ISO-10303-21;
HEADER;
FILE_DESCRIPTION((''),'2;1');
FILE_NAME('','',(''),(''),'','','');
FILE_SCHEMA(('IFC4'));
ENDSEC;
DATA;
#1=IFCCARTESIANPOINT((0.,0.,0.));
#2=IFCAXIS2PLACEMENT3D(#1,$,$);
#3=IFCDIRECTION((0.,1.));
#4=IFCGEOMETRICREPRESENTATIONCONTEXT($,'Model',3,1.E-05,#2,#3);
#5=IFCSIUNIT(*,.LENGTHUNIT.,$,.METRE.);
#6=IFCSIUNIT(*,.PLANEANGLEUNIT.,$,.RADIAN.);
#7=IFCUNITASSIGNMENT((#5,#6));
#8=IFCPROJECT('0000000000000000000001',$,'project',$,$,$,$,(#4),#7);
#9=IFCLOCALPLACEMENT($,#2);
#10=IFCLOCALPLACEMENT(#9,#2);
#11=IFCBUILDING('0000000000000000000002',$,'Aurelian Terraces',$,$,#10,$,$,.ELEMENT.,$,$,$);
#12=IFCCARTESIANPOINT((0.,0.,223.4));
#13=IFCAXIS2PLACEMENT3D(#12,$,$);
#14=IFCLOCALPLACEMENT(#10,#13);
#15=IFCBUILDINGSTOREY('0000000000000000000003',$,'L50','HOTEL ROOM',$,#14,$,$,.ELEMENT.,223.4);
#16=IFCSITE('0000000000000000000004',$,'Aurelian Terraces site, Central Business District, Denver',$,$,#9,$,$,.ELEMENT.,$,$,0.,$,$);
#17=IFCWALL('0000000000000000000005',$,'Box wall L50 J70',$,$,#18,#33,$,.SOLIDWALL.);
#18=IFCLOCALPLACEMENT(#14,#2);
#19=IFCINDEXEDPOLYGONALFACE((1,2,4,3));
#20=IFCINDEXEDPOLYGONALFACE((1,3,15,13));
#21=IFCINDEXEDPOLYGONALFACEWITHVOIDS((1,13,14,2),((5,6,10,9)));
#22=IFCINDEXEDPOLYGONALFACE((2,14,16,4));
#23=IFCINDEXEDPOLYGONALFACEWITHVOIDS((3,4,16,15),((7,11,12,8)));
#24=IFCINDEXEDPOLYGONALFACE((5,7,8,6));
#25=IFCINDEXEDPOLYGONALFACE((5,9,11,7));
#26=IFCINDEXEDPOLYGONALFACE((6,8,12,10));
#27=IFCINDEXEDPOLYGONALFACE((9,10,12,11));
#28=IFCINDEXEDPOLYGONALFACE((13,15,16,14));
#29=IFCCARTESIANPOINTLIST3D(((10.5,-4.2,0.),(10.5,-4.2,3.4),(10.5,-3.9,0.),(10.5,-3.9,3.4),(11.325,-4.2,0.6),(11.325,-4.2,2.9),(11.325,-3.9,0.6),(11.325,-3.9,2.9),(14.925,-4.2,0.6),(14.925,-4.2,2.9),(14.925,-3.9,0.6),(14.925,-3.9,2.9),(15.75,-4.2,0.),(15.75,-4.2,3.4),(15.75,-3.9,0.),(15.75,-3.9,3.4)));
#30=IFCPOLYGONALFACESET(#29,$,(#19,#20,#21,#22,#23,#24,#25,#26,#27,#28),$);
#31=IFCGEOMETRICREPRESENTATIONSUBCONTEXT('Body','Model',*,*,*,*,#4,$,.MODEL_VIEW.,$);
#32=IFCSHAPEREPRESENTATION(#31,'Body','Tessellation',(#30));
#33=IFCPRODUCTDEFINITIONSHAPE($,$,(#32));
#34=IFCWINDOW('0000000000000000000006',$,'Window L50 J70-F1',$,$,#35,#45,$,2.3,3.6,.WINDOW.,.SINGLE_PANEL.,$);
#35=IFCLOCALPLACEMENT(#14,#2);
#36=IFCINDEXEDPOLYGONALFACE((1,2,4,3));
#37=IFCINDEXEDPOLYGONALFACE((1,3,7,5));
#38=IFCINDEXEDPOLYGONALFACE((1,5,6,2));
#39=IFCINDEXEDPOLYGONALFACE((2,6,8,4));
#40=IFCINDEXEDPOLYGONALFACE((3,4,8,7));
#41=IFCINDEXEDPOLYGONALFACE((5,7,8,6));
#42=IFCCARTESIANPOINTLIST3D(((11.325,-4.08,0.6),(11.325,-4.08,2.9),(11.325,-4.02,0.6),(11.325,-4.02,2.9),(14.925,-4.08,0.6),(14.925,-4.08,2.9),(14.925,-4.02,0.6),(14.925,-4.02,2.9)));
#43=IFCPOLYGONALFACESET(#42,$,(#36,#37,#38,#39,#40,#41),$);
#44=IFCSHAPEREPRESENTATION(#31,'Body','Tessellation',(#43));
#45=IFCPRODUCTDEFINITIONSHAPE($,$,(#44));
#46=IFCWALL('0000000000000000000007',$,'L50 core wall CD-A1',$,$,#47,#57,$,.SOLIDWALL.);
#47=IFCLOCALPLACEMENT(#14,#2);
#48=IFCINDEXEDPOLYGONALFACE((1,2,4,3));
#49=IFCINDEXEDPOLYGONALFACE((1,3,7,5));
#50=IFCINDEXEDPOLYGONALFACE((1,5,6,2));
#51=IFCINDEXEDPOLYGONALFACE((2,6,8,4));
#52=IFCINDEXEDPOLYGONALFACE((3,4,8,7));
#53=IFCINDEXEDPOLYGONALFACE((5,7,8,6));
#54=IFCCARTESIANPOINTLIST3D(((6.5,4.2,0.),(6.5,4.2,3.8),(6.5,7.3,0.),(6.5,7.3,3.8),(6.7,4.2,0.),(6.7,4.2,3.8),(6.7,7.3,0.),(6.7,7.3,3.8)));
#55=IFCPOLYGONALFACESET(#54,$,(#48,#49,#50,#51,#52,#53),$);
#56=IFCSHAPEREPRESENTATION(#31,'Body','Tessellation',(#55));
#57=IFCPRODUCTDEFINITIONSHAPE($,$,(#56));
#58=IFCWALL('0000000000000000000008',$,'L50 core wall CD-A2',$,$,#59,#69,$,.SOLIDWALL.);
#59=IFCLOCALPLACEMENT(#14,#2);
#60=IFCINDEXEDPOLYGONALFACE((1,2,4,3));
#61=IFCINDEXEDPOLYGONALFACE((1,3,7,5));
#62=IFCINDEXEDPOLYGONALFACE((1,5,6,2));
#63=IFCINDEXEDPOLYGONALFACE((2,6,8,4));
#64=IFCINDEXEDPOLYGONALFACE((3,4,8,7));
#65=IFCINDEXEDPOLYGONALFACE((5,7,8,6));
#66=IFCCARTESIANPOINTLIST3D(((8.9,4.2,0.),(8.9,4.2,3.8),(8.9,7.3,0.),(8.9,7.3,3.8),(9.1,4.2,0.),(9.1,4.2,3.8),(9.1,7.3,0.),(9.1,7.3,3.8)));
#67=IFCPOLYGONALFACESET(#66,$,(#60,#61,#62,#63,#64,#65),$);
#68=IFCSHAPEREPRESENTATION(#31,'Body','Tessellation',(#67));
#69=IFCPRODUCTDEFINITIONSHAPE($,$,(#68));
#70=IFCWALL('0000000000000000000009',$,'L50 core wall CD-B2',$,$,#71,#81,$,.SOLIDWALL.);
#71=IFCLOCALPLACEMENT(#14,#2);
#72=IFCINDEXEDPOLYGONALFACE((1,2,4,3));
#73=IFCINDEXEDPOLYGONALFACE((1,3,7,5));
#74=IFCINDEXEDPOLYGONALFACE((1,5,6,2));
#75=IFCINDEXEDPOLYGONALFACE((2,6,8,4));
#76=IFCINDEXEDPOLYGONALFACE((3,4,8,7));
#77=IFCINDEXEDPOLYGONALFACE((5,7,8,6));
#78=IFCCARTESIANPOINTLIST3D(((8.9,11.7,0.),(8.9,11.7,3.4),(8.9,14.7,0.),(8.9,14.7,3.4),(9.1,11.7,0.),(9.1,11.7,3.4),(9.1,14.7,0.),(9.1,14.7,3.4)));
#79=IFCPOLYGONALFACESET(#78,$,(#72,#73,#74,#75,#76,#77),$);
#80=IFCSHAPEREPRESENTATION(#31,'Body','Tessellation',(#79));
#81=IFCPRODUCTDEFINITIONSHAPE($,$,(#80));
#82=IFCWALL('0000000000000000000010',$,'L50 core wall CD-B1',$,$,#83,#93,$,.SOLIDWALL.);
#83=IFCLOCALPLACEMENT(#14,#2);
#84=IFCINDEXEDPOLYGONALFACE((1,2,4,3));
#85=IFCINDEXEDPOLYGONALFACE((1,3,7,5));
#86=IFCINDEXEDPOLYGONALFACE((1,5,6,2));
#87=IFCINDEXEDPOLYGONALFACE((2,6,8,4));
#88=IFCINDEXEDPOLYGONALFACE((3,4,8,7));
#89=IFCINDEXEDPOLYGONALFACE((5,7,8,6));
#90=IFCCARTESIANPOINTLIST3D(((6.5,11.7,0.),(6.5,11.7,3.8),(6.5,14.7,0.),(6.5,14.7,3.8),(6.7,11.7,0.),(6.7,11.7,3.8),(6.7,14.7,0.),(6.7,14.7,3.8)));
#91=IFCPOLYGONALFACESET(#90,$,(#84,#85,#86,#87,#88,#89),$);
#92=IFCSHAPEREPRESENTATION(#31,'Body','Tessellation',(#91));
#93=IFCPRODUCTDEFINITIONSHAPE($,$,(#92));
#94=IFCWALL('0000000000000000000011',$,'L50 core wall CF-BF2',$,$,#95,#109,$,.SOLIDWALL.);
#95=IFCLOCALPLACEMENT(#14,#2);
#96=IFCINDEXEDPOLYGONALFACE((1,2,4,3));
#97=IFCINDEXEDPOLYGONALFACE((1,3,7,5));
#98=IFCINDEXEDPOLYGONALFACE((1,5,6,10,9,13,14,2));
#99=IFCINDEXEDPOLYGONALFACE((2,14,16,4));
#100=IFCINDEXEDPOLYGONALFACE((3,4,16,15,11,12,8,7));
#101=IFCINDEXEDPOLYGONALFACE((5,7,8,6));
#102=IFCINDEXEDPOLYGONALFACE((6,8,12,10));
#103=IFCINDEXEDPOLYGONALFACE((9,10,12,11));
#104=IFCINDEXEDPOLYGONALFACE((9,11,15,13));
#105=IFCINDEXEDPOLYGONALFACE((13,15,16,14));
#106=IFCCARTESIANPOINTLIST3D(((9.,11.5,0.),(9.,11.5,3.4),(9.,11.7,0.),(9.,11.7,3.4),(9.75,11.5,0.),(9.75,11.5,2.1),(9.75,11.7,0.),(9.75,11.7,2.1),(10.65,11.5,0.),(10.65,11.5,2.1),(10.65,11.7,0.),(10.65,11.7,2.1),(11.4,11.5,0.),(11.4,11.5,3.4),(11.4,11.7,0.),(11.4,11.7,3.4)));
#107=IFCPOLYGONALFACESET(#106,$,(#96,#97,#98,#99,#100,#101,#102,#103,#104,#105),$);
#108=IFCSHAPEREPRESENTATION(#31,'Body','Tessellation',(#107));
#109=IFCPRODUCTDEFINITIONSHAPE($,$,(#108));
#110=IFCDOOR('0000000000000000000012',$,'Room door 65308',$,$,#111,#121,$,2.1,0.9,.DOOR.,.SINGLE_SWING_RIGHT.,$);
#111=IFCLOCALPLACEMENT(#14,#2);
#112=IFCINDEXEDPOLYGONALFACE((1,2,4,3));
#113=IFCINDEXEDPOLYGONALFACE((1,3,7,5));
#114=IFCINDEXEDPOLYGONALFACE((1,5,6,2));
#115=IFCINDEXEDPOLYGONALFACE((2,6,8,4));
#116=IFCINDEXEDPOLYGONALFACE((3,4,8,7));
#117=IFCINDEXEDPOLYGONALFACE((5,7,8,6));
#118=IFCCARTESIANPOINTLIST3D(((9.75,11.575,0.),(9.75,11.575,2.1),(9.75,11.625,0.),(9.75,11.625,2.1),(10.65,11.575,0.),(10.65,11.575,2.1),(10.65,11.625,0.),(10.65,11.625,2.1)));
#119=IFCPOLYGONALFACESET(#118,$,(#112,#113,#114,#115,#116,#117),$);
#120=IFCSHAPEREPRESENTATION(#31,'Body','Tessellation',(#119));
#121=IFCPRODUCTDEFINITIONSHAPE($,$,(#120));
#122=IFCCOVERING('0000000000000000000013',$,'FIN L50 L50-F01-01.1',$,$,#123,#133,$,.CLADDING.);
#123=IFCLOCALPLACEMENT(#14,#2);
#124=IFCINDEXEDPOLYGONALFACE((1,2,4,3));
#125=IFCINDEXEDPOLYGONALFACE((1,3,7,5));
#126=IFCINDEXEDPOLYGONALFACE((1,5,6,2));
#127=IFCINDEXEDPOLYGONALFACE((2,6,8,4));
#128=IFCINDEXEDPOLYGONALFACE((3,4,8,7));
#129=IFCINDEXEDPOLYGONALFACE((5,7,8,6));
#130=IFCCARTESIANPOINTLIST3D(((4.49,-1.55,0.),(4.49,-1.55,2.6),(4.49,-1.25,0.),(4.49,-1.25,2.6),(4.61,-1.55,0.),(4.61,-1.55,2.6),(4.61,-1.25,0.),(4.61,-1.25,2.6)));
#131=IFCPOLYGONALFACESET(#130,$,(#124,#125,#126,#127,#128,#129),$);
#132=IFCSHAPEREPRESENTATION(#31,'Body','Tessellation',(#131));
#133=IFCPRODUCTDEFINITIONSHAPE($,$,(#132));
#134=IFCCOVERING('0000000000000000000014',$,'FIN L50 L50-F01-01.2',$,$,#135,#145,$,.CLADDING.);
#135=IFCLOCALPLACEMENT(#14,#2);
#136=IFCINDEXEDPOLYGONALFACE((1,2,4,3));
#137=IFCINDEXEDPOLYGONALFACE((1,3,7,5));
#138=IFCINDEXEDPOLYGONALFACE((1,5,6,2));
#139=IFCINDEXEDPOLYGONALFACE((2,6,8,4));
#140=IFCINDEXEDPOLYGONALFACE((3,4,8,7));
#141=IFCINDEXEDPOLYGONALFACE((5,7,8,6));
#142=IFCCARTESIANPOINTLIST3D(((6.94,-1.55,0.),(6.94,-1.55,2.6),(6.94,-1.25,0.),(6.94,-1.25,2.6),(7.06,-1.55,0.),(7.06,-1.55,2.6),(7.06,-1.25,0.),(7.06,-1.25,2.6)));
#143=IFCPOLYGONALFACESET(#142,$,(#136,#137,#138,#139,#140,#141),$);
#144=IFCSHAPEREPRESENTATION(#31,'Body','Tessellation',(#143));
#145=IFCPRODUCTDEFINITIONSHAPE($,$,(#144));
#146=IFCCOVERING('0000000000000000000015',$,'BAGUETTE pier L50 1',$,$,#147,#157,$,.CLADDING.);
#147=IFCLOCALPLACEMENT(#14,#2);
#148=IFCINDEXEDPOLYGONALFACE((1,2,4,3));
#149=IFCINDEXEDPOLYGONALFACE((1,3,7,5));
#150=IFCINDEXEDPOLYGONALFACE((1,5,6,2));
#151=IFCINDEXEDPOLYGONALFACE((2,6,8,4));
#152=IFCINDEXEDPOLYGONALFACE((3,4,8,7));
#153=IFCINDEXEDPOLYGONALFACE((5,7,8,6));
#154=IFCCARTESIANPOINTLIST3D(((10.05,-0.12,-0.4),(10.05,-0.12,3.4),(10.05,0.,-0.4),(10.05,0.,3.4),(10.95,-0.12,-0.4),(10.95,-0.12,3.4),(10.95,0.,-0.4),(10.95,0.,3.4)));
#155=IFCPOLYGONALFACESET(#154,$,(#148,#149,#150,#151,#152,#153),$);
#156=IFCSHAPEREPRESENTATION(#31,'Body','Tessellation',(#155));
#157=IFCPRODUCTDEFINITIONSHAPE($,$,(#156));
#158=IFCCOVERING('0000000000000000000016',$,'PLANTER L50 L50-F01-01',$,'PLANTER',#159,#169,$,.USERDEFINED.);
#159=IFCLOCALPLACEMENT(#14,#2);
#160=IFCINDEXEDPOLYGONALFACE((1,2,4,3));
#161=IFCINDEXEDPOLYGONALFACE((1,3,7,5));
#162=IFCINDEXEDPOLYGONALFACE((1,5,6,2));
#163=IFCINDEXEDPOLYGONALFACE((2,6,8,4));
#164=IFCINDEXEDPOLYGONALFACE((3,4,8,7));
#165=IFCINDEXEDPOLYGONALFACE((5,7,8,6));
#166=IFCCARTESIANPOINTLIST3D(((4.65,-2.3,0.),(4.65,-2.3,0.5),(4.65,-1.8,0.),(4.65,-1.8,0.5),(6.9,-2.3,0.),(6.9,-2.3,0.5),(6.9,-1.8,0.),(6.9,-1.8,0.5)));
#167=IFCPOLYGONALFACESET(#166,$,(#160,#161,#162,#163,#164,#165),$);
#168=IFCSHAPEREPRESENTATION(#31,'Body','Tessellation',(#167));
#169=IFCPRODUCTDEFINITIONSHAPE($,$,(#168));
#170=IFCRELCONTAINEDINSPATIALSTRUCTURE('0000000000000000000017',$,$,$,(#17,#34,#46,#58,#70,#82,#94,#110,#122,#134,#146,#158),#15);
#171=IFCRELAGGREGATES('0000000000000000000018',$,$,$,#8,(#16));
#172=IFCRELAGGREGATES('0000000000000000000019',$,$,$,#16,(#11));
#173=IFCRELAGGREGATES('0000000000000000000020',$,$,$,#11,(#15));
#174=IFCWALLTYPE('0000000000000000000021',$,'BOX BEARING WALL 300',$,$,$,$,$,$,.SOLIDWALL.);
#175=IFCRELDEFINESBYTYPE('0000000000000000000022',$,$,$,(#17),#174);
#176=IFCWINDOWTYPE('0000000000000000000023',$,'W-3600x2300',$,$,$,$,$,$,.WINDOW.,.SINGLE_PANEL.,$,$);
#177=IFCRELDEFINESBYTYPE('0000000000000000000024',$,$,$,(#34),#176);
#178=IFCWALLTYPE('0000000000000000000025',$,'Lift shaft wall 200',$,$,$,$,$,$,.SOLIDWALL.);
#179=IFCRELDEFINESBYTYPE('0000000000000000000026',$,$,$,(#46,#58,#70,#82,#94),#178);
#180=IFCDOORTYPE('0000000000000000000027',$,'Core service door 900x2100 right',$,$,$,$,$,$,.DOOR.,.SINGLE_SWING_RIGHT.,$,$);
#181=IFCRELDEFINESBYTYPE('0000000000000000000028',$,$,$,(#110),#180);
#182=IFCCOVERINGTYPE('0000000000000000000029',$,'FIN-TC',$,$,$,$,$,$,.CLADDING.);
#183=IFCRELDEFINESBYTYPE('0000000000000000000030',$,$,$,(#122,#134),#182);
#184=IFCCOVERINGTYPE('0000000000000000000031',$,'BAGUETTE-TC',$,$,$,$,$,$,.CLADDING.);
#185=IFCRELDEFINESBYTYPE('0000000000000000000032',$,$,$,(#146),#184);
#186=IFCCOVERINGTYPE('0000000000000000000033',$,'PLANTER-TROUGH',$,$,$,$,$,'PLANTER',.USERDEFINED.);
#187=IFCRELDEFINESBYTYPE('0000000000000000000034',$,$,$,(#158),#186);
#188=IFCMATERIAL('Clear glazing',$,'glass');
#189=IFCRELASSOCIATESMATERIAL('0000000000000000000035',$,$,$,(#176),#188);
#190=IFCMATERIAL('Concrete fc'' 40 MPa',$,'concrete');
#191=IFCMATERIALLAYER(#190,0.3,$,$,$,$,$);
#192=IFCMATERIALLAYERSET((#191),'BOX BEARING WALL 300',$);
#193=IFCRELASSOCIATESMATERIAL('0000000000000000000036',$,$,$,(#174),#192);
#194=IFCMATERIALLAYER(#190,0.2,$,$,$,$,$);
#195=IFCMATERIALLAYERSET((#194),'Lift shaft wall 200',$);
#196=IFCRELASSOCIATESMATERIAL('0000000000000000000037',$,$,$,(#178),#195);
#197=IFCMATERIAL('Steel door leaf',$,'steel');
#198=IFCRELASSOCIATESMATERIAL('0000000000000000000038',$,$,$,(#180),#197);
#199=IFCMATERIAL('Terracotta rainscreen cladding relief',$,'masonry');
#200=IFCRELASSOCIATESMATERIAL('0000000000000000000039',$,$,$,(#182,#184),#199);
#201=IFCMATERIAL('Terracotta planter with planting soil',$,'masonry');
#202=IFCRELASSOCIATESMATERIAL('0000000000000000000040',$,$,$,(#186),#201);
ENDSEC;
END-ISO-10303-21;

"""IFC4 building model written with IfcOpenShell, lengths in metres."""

from ifc_helpers import new_model, si_unit, direction, frame, frame_2d, origin, origin_2d, place, context, subcontext, project, spatial, rectangle, extrude, source, transform, mapped, material, layer, layer_set, type_object, element, fill, save


model = new_model("IFC4")

# Units and contexts
model_context = context("Model", 3, precision=1e-05, world=origin(), true_north=direction((0.0, 1.0)))
body_context = subcontext(model_context, "Body", "Model", "MODEL_VIEW")
ifc_project = project(units=[si_unit("LENGTHUNIT", "METRE"), si_unit("PLANEANGLEUNIT", "RADIAN")], contexts=[model_context])

# Site, building, storey
site_placement = place(None, origin())
site = spatial("IfcSite", under=ifc_project, at=site_placement, Name="Aurelian Terraces site, Central Business District, Denver", CompositionType="ELEMENT", RefElevation=0.0)
building_placement = place(site_placement, origin())
building = spatial("IfcBuilding", under=site, at=building_placement, Name="Aurelian Terraces", CompositionType="ELEMENT")
storey_placement = place(building_placement, frame((0.0, 0.0, 223.4)))
storey = spatial("IfcBuildingStorey", under=building, at=storey_placement, Name="L50", Description="HOTEL ROOM", CompositionType="ELEMENT", Elevation=223.4)

# Shared definitions
ifc_material_1 = material(Name="Concrete fc' 40 MPa", Category="concrete")
ifc_material_2 = material(Name="Clear glazing", Category="glass")

# Shared definitions
shared_shape_1 = source(origin(), body_context, "Body", "SweptSolid", [
    extrude(rectangle(XDim=3.6, YDim=2.3, at=frame_2d((1.8, 1.15))), frame((0.0, 0.16, 0.0), z_axis=(0.0, -1.0, 0.0), x_axis=(1.0, 0.0, 0.0)), (0.0, 0.0, 1.0), 0.32),
])
window_type_1 = type_object("IfcWindowType", Name="W-3600x2300", PartitioningType="SINGLE_PANEL", PredefinedType="WINDOW", material=ifc_material_2)
shared_shape_2 = source(origin(), body_context, "Body", "SweptSolid", [
    extrude(rectangle(XDim=3.6, YDim=2.3, at=frame_2d((1.8, 1.15))), frame((0.0, 0.03, 0.0), z_axis=(0.0, -1.0, 0.0), x_axis=(1.0, 0.0, 0.0)), (0.0, 0.0, 1.0), 0.06),
])

# Wall, opening, window
ifc_layer_1 = layer(ifc_material_1, 0.3)
ifc_layer_set_1 = layer_set([ifc_layer_1], Name="BOX BEARING WALL 300")
wall_type_1 = type_object("IfcWallType", Name="BOX BEARING WALL 300", PredefinedType="SOLIDWALL", material=ifc_layer_set_1)
shared_shape_3 = source(origin(), body_context, "Body", "SweptSolid", [
    extrude(rectangle(XDim=5.25, YDim=0.3, at=frame_2d((2.625, 0.0))), origin(), (0.0, 0.0, 1.0), 3.4),
])
wall_1_placement = place(storey_placement, frame((10.5, -4.05, 0.0), z_axis=(0.0, 0.0, 1.0), x_axis=(1.0, 0.0, 0.0)))
wall_1 = element("IfcWall", 1, at=wall_1_placement, inside=storey, type_object=wall_type_1, Name="Box wall L50 J70", PredefinedType="SOLIDWALL", context=body_context, shape_type="MappedRepresentation", body=[
    mapped(shared_shape_3, transform((0.0, 0.0, 0.0), scale=1.0)),
])
opening_1_placement = place(wall_1_placement, frame((0.825, 0.0, 0.6)))
opening_1 = element("IfcOpeningElement", 2, at=opening_1_placement, cuts=wall_1, PredefinedType="OPENING", context=body_context, shape_type="MappedRepresentation", body=[
    mapped(shared_shape_1, transform((0.0, 0.0, 0.0), scale=1.0)),
])
window_1_placement = place(opening_1_placement, origin())
window_1 = element("IfcWindow", 3, at=window_1_placement, inside=storey, type_object=window_type_1, Name="Window L50 J70-F1", OverallHeight=2.3, OverallWidth=3.6, PartitioningType="SINGLE_PANEL", PredefinedType="WINDOW", context=body_context, shape_type="MappedRepresentation", body=[
    mapped(shared_shape_2, transform((0.0, 0.0, 0.0), scale=1.0)),
])
fill(opening_1, window_1)

# Walls
ifc_layer_2 = layer(ifc_material_1, 0.2)
ifc_layer_set_2 = layer_set([ifc_layer_2], Name="Lift shaft wall 200")
wall_type_2 = type_object("IfcWallType", Name="Lift shaft wall 200", PredefinedType="SOLIDWALL", material=ifc_layer_set_2)
shared_shape_4 = source(origin(), body_context, "Body", "SweptSolid", [
    extrude(rectangle(XDim=3.1, YDim=0.2, at=frame_2d((1.55, 0.0))), origin(), (0.0, 0.0, 1.0), 3.8),
])
for number, where, z_axis, x_axis, name in (
    (4, (6.6, 4.2, 0.0), (0.0, 0.0, 1.0), (0.0, 1.0, 0.0), "L50 core wall CD-A1"),
    (5, (9.0, 4.2, 0.0), (0.0, 0.0, 1.0), (0.0, 1.0, 0.0), "L50 core wall CD-A2"),
):
    element("IfcWall", number, at=place(storey_placement, frame(where, z_axis=z_axis, x_axis=x_axis)), inside=storey, type_object=wall_type_2, Name=name, PredefinedType="SOLIDWALL", context=body_context, shape_type="MappedRepresentation", body=[
        mapped(shared_shape_4, transform((0.0, 0.0, 0.0), scale=1.0)),
    ])
shared_shape_5 = source(origin(), body_context, "Body", "SweptSolid", [
    extrude(rectangle(XDim=3.0, YDim=0.2, at=frame_2d((1.5, 0.0))), origin(), (0.0, 0.0, 1.0), 3.4),
])
wall_2_placement = place(storey_placement, frame((9.0, 11.7, 0.0), z_axis=(0.0, 0.0, 1.0), x_axis=(0.0, 1.0, 0.0)))
element("IfcWall", 6, at=wall_2_placement, inside=storey, type_object=wall_type_2, Name="L50 core wall CD-B2", PredefinedType="SOLIDWALL", context=body_context, shape_type="MappedRepresentation", body=[
    mapped(shared_shape_5, transform((0.0, 0.0, 0.0), scale=1.0)),
])
shared_shape_6 = source(origin(), body_context, "Body", "SweptSolid", [
    extrude(rectangle(XDim=3.0, YDim=0.2, at=frame_2d((1.5, 0.0))), origin(), (0.0, 0.0, 1.0), 3.8),
])
wall_3_placement = place(storey_placement, frame((6.6, 11.7, 0.0), z_axis=(0.0, 0.0, 1.0), x_axis=(0.0, 1.0, 0.0)))
element("IfcWall", 7, at=wall_3_placement, inside=storey, type_object=wall_type_2, Name="L50 core wall CD-B1", PredefinedType="SOLIDWALL", context=body_context, shape_type="MappedRepresentation", body=[
    mapped(shared_shape_6, transform((0.0, 0.0, 0.0), scale=1.0)),
])

# Wall, opening, door
shared_shape_7 = source(origin(), body_context, "Body", "SweptSolid", [
    extrude(rectangle(XDim=2.4, YDim=0.2, at=frame_2d((1.2, 0.0))), origin(), (0.0, 0.0, 1.0), 3.4),
])
wall_4_placement = place(storey_placement, frame((9.0, 11.6, 0.0), z_axis=(0.0, 0.0, 1.0), x_axis=(1.0, 0.0, 0.0)))
wall_4 = element("IfcWall", 8, at=wall_4_placement, inside=storey, type_object=wall_type_2, Name="L50 core wall CF-BF2", PredefinedType="SOLIDWALL", context=body_context, shape_type="MappedRepresentation", body=[
    mapped(shared_shape_7, transform((0.0, 0.0, 0.0), scale=1.0)),
])
shared_shape_8 = source(origin(), body_context, "Body", "SweptSolid", [
    extrude(rectangle(XDim=0.9, YDim=2.1, at=frame_2d((0.45, 1.05))), frame((0.0, 0.11, 0.0), z_axis=(0.0, -1.0, 0.0), x_axis=(1.0, 0.0, 0.0)), (0.0, 0.0, 1.0), 0.22),
])
opening_2_placement = place(wall_4_placement, frame((0.75, 0.0, 0.0)))
opening_2 = element("IfcOpeningElement", 9, at=opening_2_placement, cuts=wall_4, PredefinedType="OPENING", context=body_context, shape_type="MappedRepresentation", body=[
    mapped(shared_shape_8, transform((0.0, 0.0, 0.0), scale=1.0)),
])
ifc_material_3 = material(Name="Steel door leaf", Category="steel")
door_type_1 = type_object("IfcDoorType", Name="Core service door 900x2100 right", OperationType="SINGLE_SWING_RIGHT", PredefinedType="DOOR", material=ifc_material_3)
shared_shape_9 = source(origin(), body_context, "Body", "SweptSolid", [
    extrude(rectangle(XDim=0.9, YDim=2.1, at=frame_2d((0.45, 1.05))), frame((0.0, 0.025, 0.0), z_axis=(0.0, -1.0, 0.0), x_axis=(1.0, 0.0, 0.0)), (0.0, 0.0, 1.0), 0.05),
])
door_1_placement = place(opening_2_placement, origin())
door_1 = element("IfcDoor", 10, at=door_1_placement, inside=storey, type_object=door_type_1, Name="Room door 65308", OperationType="SINGLE_SWING_RIGHT", OverallHeight=2.1, OverallWidth=0.9, PredefinedType="DOOR", context=body_context, shape_type="MappedRepresentation", body=[
    mapped(shared_shape_9, transform((0.0, 0.0, 0.0), scale=1.0)),
])
fill(opening_2, door_1)

# Coverings
ifc_material_4 = material(Name="Terracotta rainscreen cladding relief", Category="masonry")
covering_type_1 = type_object("IfcCoveringType", Name="FIN-TC", PredefinedType="CLADDING", material=ifc_material_4)
shared_shape_10 = source(origin(), body_context, "Body", "SweptSolid", [
    extrude(rectangle(XDim=0.12, YDim=0.3, at=origin_2d()), origin(), (0.0, 0.0, 1.0), 2.6),
])
for number, where, z_axis, x_axis, name in (
    (11, (4.55, -1.4, 0.0), (0.0, 0.0, 1.0), (1.0, 0.0, 0.0), "FIN L50 L50-F01-01.1"),
    (12, (7.0, -1.4, 0.0), (0.0, 0.0, 1.0), (1.0, 0.0, 0.0), "FIN L50 L50-F01-01.2"),
):
    element("IfcCovering", number, at=place(storey_placement, frame(where, z_axis=z_axis, x_axis=x_axis)), inside=storey, type_object=covering_type_1, Name=name, PredefinedType="CLADDING", context=body_context, shape_type="MappedRepresentation", body=[
        mapped(shared_shape_10, transform((0.0, 0.0, 0.0), scale=1.0)),
    ])
covering_type_2 = type_object("IfcCoveringType", Name="BAGUETTE-TC", PredefinedType="CLADDING", material=ifc_material_4)
shared_shape_11 = source(origin(), body_context, "Body", "SweptSolid", [
    extrude(rectangle(XDim=0.9, YDim=0.12, at=origin_2d()), origin(), (0.0, 0.0, 1.0), 3.8),
])
covering_1_placement = place(storey_placement, frame((10.5, -0.06, -0.4), z_axis=(0.0, 0.0, 1.0), x_axis=(1.0, 0.0, 0.0)))
element("IfcCovering", 13, at=covering_1_placement, inside=storey, type_object=covering_type_2, Name="BAGUETTE pier L50 1", PredefinedType="CLADDING", context=body_context, shape_type="MappedRepresentation", body=[
    mapped(shared_shape_11, transform((0.0, 0.0, 0.0), scale=1.0)),
])
ifc_material_5 = material(Name="Terracotta planter with planting soil", Category="masonry")
covering_type_3 = type_object("IfcCoveringType", Name="PLANTER-TROUGH", ElementType="PLANTER", PredefinedType="USERDEFINED", material=ifc_material_5)
shared_shape_12 = source(origin(), body_context, "Body", "SweptSolid", [
    extrude(rectangle(XDim=2.25, YDim=0.5, at=origin_2d()), origin(), (0.0, 0.0, 1.0), 0.5),
])
covering_2_placement = place(storey_placement, frame((5.775, -2.05, 0.0), z_axis=(0.0, 0.0, 1.0), x_axis=(1.0, 0.0, 0.0)))
element("IfcCovering", 14, at=covering_2_placement, inside=storey, type_object=covering_type_3, Name="PLANTER L50 L50-F01-01", ObjectType="PLANTER", PredefinedType="USERDEFINED", context=body_context, shape_type="MappedRepresentation", body=[
    mapped(shared_shape_12, transform((0.0, 0.0, 0.0), scale=1.0)),
])

save(model, "model.ifc")
